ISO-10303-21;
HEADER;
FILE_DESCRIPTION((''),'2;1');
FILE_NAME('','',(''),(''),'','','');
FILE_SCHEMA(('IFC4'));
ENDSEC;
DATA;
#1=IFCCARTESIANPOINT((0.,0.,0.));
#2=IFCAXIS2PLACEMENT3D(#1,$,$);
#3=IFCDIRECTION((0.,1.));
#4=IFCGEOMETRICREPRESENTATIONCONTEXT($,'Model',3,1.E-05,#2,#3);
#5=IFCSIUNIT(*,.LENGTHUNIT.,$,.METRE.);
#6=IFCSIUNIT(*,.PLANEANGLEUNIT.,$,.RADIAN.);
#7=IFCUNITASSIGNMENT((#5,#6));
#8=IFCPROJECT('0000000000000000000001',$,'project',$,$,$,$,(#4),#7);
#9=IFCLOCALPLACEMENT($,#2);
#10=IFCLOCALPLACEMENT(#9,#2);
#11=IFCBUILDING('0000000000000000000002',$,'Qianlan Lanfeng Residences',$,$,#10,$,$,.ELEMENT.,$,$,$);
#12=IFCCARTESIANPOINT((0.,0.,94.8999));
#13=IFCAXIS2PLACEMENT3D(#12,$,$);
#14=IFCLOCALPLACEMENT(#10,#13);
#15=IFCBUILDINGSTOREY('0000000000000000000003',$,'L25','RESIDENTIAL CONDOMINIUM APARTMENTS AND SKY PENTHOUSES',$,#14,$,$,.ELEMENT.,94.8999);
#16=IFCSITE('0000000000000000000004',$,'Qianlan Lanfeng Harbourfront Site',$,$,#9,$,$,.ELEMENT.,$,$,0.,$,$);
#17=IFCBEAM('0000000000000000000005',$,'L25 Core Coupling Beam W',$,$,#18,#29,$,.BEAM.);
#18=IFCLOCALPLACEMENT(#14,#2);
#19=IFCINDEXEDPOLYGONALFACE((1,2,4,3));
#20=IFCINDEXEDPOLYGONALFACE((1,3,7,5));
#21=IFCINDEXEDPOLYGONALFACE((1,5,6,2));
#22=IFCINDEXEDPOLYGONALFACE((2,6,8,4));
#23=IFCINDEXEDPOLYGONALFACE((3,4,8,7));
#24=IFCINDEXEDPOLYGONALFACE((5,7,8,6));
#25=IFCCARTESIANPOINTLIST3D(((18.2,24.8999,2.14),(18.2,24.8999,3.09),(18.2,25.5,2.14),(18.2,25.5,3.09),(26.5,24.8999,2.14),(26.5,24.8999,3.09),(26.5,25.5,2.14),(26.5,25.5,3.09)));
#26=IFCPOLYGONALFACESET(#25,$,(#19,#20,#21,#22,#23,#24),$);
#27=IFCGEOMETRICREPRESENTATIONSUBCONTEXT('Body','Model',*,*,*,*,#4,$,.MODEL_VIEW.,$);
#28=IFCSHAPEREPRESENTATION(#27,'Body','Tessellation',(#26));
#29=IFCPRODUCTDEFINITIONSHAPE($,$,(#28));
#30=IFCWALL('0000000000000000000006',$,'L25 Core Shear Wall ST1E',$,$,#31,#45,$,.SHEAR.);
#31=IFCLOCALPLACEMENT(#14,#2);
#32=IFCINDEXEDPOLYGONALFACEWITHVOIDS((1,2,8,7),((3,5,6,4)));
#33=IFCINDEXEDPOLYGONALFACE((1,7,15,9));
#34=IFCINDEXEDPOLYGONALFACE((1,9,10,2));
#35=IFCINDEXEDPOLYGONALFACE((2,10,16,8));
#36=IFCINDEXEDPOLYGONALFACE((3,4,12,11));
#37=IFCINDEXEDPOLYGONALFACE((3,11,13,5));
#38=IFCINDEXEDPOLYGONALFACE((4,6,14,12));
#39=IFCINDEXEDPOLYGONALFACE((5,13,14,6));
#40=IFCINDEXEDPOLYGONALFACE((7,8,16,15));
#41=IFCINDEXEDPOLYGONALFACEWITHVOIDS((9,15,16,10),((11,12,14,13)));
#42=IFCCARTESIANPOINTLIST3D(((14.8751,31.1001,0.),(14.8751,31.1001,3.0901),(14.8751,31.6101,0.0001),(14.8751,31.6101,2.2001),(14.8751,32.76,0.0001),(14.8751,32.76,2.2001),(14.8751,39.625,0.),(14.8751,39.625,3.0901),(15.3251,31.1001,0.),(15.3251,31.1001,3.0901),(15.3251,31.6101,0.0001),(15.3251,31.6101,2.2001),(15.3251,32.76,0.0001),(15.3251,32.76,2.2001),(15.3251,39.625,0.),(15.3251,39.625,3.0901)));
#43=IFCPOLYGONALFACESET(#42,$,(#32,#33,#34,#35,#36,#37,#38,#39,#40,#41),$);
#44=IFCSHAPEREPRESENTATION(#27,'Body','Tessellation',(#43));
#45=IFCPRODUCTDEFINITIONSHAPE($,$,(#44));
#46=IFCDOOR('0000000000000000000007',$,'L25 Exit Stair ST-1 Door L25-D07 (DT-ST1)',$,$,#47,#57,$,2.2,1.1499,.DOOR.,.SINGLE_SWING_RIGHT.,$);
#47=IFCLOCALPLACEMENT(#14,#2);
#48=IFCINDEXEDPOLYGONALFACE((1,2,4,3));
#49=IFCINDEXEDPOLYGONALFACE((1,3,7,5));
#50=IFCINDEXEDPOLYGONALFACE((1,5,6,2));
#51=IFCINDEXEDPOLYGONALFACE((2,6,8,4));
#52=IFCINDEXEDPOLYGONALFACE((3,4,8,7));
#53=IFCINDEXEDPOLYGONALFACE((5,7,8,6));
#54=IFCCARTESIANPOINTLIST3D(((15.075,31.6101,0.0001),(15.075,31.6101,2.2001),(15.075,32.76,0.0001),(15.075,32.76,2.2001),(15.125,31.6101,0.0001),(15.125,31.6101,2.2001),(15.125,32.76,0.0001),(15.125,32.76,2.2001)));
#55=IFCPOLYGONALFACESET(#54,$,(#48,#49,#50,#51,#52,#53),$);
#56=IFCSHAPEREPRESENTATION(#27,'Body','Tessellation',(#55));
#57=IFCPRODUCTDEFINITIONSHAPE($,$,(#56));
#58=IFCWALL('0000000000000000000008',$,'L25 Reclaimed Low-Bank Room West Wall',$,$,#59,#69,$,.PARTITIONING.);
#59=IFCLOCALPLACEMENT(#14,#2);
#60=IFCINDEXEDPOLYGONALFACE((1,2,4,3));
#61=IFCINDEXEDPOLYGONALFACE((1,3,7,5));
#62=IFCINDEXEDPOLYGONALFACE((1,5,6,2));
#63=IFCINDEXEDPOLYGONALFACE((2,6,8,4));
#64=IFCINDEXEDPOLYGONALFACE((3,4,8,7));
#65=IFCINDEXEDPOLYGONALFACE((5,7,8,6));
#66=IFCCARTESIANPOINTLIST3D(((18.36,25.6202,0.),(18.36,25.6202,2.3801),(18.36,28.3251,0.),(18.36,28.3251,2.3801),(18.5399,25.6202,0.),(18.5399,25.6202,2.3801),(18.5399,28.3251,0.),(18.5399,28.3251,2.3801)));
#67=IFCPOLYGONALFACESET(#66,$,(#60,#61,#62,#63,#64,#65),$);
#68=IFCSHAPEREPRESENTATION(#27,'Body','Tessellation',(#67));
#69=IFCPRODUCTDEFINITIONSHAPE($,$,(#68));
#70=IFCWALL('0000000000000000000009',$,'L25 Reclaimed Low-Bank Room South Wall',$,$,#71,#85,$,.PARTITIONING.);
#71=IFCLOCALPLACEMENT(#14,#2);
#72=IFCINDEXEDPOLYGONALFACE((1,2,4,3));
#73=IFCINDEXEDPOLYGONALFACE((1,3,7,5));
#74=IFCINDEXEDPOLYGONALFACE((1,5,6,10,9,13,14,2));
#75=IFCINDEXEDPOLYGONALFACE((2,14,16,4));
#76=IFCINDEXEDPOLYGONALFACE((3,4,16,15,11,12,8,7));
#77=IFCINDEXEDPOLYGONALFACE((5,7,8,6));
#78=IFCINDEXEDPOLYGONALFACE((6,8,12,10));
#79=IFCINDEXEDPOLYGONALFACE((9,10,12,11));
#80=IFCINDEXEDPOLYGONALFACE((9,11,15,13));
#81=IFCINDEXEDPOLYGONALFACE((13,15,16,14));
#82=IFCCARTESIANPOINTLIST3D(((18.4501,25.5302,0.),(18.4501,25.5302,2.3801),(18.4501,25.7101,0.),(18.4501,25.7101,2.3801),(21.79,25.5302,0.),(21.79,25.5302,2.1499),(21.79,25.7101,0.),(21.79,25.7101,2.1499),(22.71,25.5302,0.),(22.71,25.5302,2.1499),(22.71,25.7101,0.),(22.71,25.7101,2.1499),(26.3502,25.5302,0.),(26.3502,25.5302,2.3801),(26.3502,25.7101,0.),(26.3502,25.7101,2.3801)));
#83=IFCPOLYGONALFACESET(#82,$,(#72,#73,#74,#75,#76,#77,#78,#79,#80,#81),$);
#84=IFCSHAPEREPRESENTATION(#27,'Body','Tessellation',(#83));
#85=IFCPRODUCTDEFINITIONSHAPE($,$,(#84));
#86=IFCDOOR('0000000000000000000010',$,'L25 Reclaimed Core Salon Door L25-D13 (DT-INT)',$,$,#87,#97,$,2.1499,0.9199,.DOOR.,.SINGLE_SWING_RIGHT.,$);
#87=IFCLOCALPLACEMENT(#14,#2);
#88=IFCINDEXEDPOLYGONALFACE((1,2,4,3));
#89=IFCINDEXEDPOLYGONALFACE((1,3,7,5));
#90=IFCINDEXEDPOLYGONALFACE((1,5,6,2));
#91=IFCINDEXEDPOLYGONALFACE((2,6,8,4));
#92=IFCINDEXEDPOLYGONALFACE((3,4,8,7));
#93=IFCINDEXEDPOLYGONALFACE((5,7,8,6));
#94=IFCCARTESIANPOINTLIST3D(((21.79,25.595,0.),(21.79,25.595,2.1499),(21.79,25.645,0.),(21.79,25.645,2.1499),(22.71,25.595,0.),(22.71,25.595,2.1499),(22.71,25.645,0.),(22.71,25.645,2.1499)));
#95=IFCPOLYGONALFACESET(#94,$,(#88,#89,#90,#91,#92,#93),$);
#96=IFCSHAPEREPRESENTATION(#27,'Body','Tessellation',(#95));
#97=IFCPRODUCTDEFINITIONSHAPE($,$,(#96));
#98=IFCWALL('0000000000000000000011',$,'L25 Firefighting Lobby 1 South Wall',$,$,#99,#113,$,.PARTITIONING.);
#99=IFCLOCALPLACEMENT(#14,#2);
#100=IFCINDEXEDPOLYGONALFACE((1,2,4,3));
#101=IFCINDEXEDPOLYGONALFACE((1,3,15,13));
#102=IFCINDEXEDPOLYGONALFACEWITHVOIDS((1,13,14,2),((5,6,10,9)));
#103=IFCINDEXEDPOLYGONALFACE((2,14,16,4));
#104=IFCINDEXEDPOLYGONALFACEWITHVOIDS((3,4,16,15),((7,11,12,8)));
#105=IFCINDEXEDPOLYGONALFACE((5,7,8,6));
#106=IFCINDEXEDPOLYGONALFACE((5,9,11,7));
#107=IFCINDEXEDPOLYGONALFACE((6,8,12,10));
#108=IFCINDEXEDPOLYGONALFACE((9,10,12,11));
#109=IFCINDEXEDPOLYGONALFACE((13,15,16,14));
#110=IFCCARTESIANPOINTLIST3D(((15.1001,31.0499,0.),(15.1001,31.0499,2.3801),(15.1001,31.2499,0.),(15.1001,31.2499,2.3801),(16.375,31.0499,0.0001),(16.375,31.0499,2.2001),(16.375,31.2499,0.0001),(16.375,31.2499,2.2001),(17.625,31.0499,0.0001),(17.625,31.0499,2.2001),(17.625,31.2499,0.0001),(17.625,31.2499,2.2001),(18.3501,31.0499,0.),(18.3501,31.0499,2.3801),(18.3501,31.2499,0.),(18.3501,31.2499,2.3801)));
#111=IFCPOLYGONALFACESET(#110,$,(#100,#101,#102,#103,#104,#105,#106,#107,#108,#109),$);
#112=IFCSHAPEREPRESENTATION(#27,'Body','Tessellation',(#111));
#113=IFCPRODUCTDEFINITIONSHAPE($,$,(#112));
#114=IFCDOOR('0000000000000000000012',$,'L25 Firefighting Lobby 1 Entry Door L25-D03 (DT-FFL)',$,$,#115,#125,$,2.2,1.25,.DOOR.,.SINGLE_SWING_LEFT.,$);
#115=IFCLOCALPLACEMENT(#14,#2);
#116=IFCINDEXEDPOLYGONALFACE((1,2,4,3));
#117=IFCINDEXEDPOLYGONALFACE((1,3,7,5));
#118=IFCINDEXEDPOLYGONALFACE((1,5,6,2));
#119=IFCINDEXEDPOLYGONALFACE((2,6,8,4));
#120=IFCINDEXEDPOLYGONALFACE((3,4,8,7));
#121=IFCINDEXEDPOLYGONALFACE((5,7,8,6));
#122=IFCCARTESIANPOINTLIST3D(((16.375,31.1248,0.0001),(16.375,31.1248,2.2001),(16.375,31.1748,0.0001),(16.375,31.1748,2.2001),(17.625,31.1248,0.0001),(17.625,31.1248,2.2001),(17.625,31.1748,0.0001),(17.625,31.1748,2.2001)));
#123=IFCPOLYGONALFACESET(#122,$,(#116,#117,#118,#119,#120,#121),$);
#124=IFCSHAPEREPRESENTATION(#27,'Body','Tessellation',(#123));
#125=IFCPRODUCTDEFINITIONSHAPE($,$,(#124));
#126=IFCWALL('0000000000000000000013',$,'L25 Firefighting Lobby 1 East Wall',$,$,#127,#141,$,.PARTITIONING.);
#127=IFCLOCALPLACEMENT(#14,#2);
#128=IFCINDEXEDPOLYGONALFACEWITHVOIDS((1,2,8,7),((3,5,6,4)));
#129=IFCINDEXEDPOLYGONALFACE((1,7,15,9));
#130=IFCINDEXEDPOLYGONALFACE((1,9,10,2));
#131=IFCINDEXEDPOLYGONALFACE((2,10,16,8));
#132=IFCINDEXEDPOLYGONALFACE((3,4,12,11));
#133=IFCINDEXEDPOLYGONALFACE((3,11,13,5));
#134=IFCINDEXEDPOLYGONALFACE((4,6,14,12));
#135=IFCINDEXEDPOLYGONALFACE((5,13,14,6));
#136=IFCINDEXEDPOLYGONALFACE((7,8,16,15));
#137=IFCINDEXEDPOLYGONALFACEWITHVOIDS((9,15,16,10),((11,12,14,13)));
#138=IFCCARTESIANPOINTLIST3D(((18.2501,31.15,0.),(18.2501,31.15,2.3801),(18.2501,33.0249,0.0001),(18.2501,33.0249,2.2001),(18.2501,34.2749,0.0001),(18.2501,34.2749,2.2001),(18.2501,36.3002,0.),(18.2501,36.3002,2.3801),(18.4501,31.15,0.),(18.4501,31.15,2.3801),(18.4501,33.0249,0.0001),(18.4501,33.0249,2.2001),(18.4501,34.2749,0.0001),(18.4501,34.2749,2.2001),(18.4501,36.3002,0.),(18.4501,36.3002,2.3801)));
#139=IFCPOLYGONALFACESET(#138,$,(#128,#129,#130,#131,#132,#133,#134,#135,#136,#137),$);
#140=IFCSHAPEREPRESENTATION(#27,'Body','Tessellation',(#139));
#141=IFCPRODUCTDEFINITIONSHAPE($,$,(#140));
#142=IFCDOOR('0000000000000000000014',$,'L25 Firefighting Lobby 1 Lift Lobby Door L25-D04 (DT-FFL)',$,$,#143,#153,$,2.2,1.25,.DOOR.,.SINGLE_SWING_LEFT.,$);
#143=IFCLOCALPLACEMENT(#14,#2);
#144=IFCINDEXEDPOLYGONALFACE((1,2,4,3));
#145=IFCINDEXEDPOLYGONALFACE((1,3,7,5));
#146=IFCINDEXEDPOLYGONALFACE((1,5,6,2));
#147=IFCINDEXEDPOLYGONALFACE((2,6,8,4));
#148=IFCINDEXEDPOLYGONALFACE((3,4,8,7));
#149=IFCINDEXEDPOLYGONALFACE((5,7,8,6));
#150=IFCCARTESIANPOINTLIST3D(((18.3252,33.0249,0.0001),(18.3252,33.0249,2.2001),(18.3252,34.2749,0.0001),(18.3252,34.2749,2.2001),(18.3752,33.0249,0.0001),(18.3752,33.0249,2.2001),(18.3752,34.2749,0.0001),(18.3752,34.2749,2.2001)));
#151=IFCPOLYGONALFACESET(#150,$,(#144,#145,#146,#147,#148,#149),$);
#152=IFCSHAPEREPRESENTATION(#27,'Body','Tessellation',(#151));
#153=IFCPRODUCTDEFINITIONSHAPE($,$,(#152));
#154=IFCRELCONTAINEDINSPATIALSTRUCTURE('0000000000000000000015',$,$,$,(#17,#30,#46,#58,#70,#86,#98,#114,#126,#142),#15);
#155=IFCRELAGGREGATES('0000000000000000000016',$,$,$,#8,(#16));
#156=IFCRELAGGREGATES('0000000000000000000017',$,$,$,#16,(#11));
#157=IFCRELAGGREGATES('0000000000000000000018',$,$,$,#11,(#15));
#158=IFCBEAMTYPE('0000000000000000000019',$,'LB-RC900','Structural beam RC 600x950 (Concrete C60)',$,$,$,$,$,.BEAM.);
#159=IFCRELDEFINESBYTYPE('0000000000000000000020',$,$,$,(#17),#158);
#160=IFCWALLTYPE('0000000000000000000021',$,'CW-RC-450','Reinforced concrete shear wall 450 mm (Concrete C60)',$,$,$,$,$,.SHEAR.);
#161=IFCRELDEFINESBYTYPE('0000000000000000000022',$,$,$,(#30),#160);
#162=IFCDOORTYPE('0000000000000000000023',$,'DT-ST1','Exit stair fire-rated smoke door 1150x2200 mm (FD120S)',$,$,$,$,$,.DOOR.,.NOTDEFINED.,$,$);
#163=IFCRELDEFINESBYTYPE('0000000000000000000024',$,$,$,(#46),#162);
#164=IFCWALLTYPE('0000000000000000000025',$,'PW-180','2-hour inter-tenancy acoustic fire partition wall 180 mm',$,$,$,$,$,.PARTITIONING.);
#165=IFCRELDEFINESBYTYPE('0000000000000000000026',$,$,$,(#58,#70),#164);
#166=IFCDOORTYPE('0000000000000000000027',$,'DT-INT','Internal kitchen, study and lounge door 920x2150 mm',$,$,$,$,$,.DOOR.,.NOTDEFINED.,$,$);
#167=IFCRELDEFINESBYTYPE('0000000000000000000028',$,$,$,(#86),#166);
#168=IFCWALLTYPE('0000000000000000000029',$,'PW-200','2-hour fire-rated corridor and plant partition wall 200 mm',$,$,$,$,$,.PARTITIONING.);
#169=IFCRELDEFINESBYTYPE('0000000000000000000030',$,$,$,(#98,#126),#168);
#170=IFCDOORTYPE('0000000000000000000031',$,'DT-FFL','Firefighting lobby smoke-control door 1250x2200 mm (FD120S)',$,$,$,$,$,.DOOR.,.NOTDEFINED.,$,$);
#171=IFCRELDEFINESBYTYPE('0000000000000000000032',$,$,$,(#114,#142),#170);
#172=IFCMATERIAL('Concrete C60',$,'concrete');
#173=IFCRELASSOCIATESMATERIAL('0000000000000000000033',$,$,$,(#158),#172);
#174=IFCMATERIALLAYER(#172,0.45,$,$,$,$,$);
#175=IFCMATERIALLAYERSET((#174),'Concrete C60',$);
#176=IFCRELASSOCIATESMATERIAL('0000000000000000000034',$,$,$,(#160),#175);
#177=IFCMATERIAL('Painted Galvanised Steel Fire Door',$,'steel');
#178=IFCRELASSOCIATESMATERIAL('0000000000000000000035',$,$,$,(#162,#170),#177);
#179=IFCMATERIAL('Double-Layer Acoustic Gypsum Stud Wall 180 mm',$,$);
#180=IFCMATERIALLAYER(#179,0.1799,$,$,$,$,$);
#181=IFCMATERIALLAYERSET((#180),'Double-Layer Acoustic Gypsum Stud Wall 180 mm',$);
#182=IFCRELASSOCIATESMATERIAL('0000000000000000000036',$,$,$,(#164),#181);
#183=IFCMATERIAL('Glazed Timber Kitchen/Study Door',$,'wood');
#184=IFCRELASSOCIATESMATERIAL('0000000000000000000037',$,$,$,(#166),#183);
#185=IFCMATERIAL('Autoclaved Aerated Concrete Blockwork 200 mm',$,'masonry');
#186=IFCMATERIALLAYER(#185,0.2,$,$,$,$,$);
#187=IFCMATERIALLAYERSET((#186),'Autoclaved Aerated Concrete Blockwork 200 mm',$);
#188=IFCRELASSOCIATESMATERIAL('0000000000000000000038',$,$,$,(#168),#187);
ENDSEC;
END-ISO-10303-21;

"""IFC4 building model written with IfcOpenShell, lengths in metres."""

from ifc_helpers import new_model, si_unit, direction, frame, frame_2d, origin, origin_2d, place, context, subcontext, project, spatial, rectangle, extrude, material, layer, layer_set, material_profile, profile_set, type_object, element, fill, save


model = new_model("IFC4")

# Units and contexts
model_context = context("Model", 3, precision=1e-05, world=origin(), true_north=direction((0.0, 1.0)))
body_context = subcontext(model_context, "Body", "Model", "MODEL_VIEW")
ifc_project = project(units=[si_unit("LENGTHUNIT", "METRE"), si_unit("PLANEANGLEUNIT", "RADIAN")], contexts=[model_context])

# Site, building, storey
site_placement = place(None, origin())
site = spatial("IfcSite", under=ifc_project, at=site_placement, Name="Qianlan Lanfeng Harbourfront Site", CompositionType="ELEMENT", RefElevation=0.0)
building_placement = place(site_placement, origin())
building = spatial("IfcBuilding", under=site, at=building_placement, Name="Qianlan Lanfeng Residences", CompositionType="ELEMENT")
storey_placement = place(building_placement, frame((0.0, 0.0, 94.8999)))
storey = spatial("IfcBuildingStorey", under=building, at=storey_placement, Name="L25", Description="RESIDENTIAL CONDOMINIUM APARTMENTS AND SKY PENTHOUSES", CompositionType="ELEMENT", Elevation=94.8999)

# Beam
ifc_material_1 = material(Name="Concrete C60", Category="concrete")
ifc_material_profile = material_profile(ifc_material_1, rectangle(XDim=0.6001, YDim=0.95, at=origin_2d()), Name="RC 600x950")
ifc_profile_set = profile_set([ifc_material_profile], Name="Concrete C60")
beam_type = type_object("IfcBeamType", Name="LB-RC900", Description="Structural beam RC 600x950 (Concrete C60)", PredefinedType="BEAM", material=ifc_profile_set)
beam_placement = place(storey_placement, frame((18.2, 25.2, 2.615), z_axis=(1.0, 0.0, 0.0), x_axis=(0.0, 1.0, 0.0)))
element("IfcBeam", 1, at=beam_placement, inside=storey, type_object=beam_type, Name="L25 Core Coupling Beam W", PredefinedType="BEAM", context=body_context, shape_type="SweptSolid", body=[
    extrude(rectangle(XDim=0.6001, YDim=0.95, at=origin_2d()), origin(), (0.0, 0.0, 1.0), 8.3),
])

# Wall, opening, door
ifc_layer_1 = layer(ifc_material_1, 0.45)
ifc_layer_set_1 = layer_set([ifc_layer_1], Name="Concrete C60")
wall_type_1 = type_object("IfcWallType", Name="CW-RC-450", Description="Reinforced concrete shear wall 450 mm (Concrete C60)", PredefinedType="SHEAR", material=ifc_layer_set_1)
wall_1_placement = place(storey_placement, frame((15.1001, 31.1001, 0.0), z_axis=(0.0, 0.0, 1.0), x_axis=(0.0, 1.0, 0.0)))
wall_1 = element("IfcWall", 2, at=wall_1_placement, inside=storey, type_object=wall_type_1, Name="L25 Core Shear Wall ST1E", PredefinedType="SHEAR", context=body_context, shape_type="SweptSolid", body=[
    extrude(rectangle(XDim=8.5249, YDim=0.45, at=frame_2d((4.2625, 0.0))), origin(), (0.0, 0.0, 1.0), 3.0901),
])
opening_1_placement = place(wall_1_placement, frame((0.51, 0.0, 0.0)))
opening_1 = element("IfcOpeningElement", 3, at=opening_1_placement, cuts=wall_1, PredefinedType="OPENING", context=body_context, shape_type="SweptSolid", body=[
    extrude(rectangle(XDim=1.1499, YDim=2.2, at=frame_2d((0.575, 1.1001))), frame((0.0, 0.2349, 0.0), z_axis=(0.0, -1.0, 0.0), x_axis=(1.0, 0.0, 0.0)), (0.0, 0.0, 1.0), 0.47),
])
ifc_material_2 = material(Name="Painted Galvanised Steel Fire Door", Category="steel")
door_type_1 = type_object("IfcDoorType", Name="DT-ST1", Description="Exit stair fire-rated smoke door 1150x2200 mm (FD120S)", OperationType="NOTDEFINED", PredefinedType="DOOR", material=ifc_material_2)
door_1_placement = place(opening_1_placement, frame((1.1499, 0.0, 0.0), z_axis=(0.0, 0.0, 1.0), x_axis=(-1.0, 0.0, 0.0)))
door_1 = element("IfcDoor", 4, at=door_1_placement, inside=storey, type_object=door_type_1, Name="L25 Exit Stair ST-1 Door L25-D07 (DT-ST1)", OperationType="SINGLE_SWING_RIGHT", OverallHeight=2.2, OverallWidth=1.1499, PredefinedType="DOOR", context=body_context, shape_type="SweptSolid", body=[
    extrude(rectangle(XDim=1.1499, YDim=2.2, at=frame_2d((0.575, 1.1001))), frame((0.0, 0.0249, 0.0), z_axis=(0.0, -1.0, 0.0), x_axis=(1.0, 0.0, 0.0)), (0.0, 0.0, 1.0), 0.05),
])
fill(opening_1, door_1)

# Shared definitions
ifc_material_3 = material(Name="Double-Layer Acoustic Gypsum Stud Wall 180 mm")
ifc_layer_2 = layer(ifc_material_3, 0.1799)
ifc_layer_set_2 = layer_set([ifc_layer_2], Name="Double-Layer Acoustic Gypsum Stud Wall 180 mm")
wall_type_2 = type_object("IfcWallType", Name="PW-180", Description="2-hour inter-tenancy acoustic fire partition wall 180 mm", PredefinedType="PARTITIONING", material=ifc_layer_set_2)
ifc_material_4 = material(Name="Glazed Timber Kitchen/Study Door", Category="wood")
door_type_2 = type_object("IfcDoorType", Name="DT-INT", Description="Internal kitchen, study and lounge door 920x2150 mm", OperationType="NOTDEFINED", PredefinedType="DOOR", material=ifc_material_4)

# Wall
wall_2_placement = place(storey_placement, frame((18.45, 25.6201, 0.0), z_axis=(0.0, 0.0, 1.0), x_axis=(0.0, 1.0, 0.0)))
element("IfcWall", 5, at=wall_2_placement, inside=storey, type_object=wall_type_2, Name="L25 Reclaimed Low-Bank Room West Wall", PredefinedType="PARTITIONING", context=body_context, shape_type="SweptSolid", body=[
    extrude(rectangle(XDim=2.7048, YDim=0.1799, at=frame_2d((1.3525, 0.0))), origin(), (0.0, 0.0, 1.0), 2.3801),
])

# Walls, openings, doors
wall_3_placement = place(storey_placement, frame((18.45, 25.6201, 0.0), z_axis=(0.0, 0.0, 1.0), x_axis=(1.0, 0.0, 0.0)))
wall_3 = element("IfcWall", 6, at=wall_3_placement, inside=storey, type_object=wall_type_2, Name="L25 Reclaimed Low-Bank Room South Wall", PredefinedType="PARTITIONING", context=body_context, shape_type="SweptSolid", body=[
    extrude(rectangle(XDim=7.9001, YDim=0.1799, at=frame_2d((3.9502, 0.0))), origin(), (0.0, 0.0, 1.0), 2.3801),
])
opening_2_placement = place(wall_3_placement, frame((3.3401, 0.0, 0.0)))
opening_2 = element("IfcOpeningElement", 7, at=opening_2_placement, cuts=wall_3, PredefinedType="OPENING", context=body_context, shape_type="SweptSolid", body=[
    extrude(rectangle(XDim=0.9199, YDim=2.1499, at=frame_2d((0.46, 1.075))), frame((0.0, 0.1001, 0.0), z_axis=(0.0, -1.0, 0.0), x_axis=(1.0, 0.0, 0.0)), (0.0, 0.0, 1.0), 0.2),
])
door_2_placement = place(opening_2_placement, origin())
door_2 = element("IfcDoor", 8, at=door_2_placement, inside=storey, type_object=door_type_2, Name="L25 Reclaimed Core Salon Door L25-D13 (DT-INT)", OperationType="SINGLE_SWING_RIGHT", OverallHeight=2.1499, OverallWidth=0.9199, PredefinedType="DOOR", context=body_context, shape_type="SweptSolid", body=[
    extrude(rectangle(XDim=0.9199, YDim=2.1499, at=frame_2d((0.46, 1.075))), frame((0.0, 0.0249, 0.0), z_axis=(0.0, -1.0, 0.0), x_axis=(1.0, 0.0, 0.0)), (0.0, 0.0, 1.0), 0.05),
])
fill(opening_2, door_2)
ifc_material_5 = material(Name="Autoclaved Aerated Concrete Blockwork 200 mm", Category="masonry")
ifc_layer_3 = layer(ifc_material_5, 0.2)
ifc_layer_set_3 = layer_set([ifc_layer_3], Name="Autoclaved Aerated Concrete Blockwork 200 mm")
wall_type_3 = type_object("IfcWallType", Name="PW-200", Description="2-hour fire-rated corridor and plant partition wall 200 mm", PredefinedType="PARTITIONING", material=ifc_layer_set_3)
wall_4_placement = place(storey_placement, frame((15.1001, 31.1499, 0.0), z_axis=(0.0, 0.0, 1.0), x_axis=(1.0, 0.0, 0.0)))
wall_4 = element("IfcWall", 9, at=wall_4_placement, inside=storey, type_object=wall_type_3, Name="L25 Firefighting Lobby 1 South Wall", PredefinedType="PARTITIONING", context=body_context, shape_type="SweptSolid", body=[
    extrude(rectangle(XDim=3.25, YDim=0.2, at=frame_2d((1.625, 0.0))), origin(), (0.0, 0.0, 1.0), 2.3801),
])
opening_3_placement = place(wall_4_placement, frame((1.2749, 0.0, 0.0)))
opening_3 = element("IfcOpeningElement", 10, at=opening_3_placement, cuts=wall_4, PredefinedType="OPENING", context=body_context, shape_type="SweptSolid", body=[
    extrude(rectangle(XDim=1.25, YDim=2.2, at=frame_2d((0.625, 1.1001))), frame((0.0, 0.1099, 0.0), z_axis=(0.0, -1.0, 0.0), x_axis=(1.0, 0.0, 0.0)), (0.0, 0.0, 1.0), 0.22),
])
door_type_3 = type_object("IfcDoorType", Name="DT-FFL", Description="Firefighting lobby smoke-control door 1250x2200 mm (FD120S)", OperationType="NOTDEFINED", PredefinedType="DOOR", material=ifc_material_2)
door_3_placement = place(opening_3_placement, origin())
door_3 = element("IfcDoor", 11, at=door_3_placement, inside=storey, type_object=door_type_3, Name="L25 Firefighting Lobby 1 Entry Door L25-D03 (DT-FFL)", OperationType="SINGLE_SWING_LEFT", OverallHeight=2.2, OverallWidth=1.25, PredefinedType="DOOR", context=body_context, shape_type="SweptSolid", body=[
    extrude(rectangle(XDim=1.25, YDim=2.2, at=frame_2d((0.625, 1.1001))), frame((0.0, 0.0249, 0.0), z_axis=(0.0, -1.0, 0.0), x_axis=(1.0, 0.0, 0.0)), (0.0, 0.0, 1.0), 0.05),
])
fill(opening_3, door_3)
wall_5_placement = place(storey_placement, frame((18.3501, 31.1499, 0.0), z_axis=(0.0, 0.0, 1.0), x_axis=(0.0, 1.0, 0.0)))
wall_5 = element("IfcWall", 12, at=wall_5_placement, inside=storey, type_object=wall_type_3, Name="L25 Firefighting Lobby 1 East Wall", PredefinedType="PARTITIONING", context=body_context, shape_type="SweptSolid", body=[
    extrude(rectangle(XDim=5.1501, YDim=0.2, at=frame_2d((2.5752, 0.0))), origin(), (0.0, 0.0, 1.0), 2.3801),
])
opening_4_placement = place(wall_5_placement, frame((1.875, 0.0, 0.0)))
opening_4 = element("IfcOpeningElement", 13, at=opening_4_placement, cuts=wall_5, PredefinedType="OPENING", context=body_context, shape_type="SweptSolid", body=[
    extrude(rectangle(XDim=1.25, YDim=2.2, at=frame_2d((0.625, 1.1001))), frame((0.0, 0.1099, 0.0), z_axis=(0.0, -1.0, 0.0), x_axis=(1.0, 0.0, 0.0)), (0.0, 0.0, 1.0), 0.22),
])
door_4_placement = place(opening_4_placement, origin())
door_4 = element("IfcDoor", 14, at=door_4_placement, inside=storey, type_object=door_type_3, Name="L25 Firefighting Lobby 1 Lift Lobby Door L25-D04 (DT-FFL)", OperationType="SINGLE_SWING_LEFT", OverallHeight=2.2, OverallWidth=1.25, PredefinedType="DOOR", context=body_context, shape_type="SweptSolid", body=[
    extrude(rectangle(XDim=1.25, YDim=2.2, at=frame_2d((0.625, 1.1001))), frame((0.0, 0.0249, 0.0), z_axis=(0.0, -1.0, 0.0), x_axis=(1.0, 0.0, 0.0)), (0.0, 0.0, 1.0), 0.05),
])
fill(opening_4, door_4)

save(model, "model.ifc")
